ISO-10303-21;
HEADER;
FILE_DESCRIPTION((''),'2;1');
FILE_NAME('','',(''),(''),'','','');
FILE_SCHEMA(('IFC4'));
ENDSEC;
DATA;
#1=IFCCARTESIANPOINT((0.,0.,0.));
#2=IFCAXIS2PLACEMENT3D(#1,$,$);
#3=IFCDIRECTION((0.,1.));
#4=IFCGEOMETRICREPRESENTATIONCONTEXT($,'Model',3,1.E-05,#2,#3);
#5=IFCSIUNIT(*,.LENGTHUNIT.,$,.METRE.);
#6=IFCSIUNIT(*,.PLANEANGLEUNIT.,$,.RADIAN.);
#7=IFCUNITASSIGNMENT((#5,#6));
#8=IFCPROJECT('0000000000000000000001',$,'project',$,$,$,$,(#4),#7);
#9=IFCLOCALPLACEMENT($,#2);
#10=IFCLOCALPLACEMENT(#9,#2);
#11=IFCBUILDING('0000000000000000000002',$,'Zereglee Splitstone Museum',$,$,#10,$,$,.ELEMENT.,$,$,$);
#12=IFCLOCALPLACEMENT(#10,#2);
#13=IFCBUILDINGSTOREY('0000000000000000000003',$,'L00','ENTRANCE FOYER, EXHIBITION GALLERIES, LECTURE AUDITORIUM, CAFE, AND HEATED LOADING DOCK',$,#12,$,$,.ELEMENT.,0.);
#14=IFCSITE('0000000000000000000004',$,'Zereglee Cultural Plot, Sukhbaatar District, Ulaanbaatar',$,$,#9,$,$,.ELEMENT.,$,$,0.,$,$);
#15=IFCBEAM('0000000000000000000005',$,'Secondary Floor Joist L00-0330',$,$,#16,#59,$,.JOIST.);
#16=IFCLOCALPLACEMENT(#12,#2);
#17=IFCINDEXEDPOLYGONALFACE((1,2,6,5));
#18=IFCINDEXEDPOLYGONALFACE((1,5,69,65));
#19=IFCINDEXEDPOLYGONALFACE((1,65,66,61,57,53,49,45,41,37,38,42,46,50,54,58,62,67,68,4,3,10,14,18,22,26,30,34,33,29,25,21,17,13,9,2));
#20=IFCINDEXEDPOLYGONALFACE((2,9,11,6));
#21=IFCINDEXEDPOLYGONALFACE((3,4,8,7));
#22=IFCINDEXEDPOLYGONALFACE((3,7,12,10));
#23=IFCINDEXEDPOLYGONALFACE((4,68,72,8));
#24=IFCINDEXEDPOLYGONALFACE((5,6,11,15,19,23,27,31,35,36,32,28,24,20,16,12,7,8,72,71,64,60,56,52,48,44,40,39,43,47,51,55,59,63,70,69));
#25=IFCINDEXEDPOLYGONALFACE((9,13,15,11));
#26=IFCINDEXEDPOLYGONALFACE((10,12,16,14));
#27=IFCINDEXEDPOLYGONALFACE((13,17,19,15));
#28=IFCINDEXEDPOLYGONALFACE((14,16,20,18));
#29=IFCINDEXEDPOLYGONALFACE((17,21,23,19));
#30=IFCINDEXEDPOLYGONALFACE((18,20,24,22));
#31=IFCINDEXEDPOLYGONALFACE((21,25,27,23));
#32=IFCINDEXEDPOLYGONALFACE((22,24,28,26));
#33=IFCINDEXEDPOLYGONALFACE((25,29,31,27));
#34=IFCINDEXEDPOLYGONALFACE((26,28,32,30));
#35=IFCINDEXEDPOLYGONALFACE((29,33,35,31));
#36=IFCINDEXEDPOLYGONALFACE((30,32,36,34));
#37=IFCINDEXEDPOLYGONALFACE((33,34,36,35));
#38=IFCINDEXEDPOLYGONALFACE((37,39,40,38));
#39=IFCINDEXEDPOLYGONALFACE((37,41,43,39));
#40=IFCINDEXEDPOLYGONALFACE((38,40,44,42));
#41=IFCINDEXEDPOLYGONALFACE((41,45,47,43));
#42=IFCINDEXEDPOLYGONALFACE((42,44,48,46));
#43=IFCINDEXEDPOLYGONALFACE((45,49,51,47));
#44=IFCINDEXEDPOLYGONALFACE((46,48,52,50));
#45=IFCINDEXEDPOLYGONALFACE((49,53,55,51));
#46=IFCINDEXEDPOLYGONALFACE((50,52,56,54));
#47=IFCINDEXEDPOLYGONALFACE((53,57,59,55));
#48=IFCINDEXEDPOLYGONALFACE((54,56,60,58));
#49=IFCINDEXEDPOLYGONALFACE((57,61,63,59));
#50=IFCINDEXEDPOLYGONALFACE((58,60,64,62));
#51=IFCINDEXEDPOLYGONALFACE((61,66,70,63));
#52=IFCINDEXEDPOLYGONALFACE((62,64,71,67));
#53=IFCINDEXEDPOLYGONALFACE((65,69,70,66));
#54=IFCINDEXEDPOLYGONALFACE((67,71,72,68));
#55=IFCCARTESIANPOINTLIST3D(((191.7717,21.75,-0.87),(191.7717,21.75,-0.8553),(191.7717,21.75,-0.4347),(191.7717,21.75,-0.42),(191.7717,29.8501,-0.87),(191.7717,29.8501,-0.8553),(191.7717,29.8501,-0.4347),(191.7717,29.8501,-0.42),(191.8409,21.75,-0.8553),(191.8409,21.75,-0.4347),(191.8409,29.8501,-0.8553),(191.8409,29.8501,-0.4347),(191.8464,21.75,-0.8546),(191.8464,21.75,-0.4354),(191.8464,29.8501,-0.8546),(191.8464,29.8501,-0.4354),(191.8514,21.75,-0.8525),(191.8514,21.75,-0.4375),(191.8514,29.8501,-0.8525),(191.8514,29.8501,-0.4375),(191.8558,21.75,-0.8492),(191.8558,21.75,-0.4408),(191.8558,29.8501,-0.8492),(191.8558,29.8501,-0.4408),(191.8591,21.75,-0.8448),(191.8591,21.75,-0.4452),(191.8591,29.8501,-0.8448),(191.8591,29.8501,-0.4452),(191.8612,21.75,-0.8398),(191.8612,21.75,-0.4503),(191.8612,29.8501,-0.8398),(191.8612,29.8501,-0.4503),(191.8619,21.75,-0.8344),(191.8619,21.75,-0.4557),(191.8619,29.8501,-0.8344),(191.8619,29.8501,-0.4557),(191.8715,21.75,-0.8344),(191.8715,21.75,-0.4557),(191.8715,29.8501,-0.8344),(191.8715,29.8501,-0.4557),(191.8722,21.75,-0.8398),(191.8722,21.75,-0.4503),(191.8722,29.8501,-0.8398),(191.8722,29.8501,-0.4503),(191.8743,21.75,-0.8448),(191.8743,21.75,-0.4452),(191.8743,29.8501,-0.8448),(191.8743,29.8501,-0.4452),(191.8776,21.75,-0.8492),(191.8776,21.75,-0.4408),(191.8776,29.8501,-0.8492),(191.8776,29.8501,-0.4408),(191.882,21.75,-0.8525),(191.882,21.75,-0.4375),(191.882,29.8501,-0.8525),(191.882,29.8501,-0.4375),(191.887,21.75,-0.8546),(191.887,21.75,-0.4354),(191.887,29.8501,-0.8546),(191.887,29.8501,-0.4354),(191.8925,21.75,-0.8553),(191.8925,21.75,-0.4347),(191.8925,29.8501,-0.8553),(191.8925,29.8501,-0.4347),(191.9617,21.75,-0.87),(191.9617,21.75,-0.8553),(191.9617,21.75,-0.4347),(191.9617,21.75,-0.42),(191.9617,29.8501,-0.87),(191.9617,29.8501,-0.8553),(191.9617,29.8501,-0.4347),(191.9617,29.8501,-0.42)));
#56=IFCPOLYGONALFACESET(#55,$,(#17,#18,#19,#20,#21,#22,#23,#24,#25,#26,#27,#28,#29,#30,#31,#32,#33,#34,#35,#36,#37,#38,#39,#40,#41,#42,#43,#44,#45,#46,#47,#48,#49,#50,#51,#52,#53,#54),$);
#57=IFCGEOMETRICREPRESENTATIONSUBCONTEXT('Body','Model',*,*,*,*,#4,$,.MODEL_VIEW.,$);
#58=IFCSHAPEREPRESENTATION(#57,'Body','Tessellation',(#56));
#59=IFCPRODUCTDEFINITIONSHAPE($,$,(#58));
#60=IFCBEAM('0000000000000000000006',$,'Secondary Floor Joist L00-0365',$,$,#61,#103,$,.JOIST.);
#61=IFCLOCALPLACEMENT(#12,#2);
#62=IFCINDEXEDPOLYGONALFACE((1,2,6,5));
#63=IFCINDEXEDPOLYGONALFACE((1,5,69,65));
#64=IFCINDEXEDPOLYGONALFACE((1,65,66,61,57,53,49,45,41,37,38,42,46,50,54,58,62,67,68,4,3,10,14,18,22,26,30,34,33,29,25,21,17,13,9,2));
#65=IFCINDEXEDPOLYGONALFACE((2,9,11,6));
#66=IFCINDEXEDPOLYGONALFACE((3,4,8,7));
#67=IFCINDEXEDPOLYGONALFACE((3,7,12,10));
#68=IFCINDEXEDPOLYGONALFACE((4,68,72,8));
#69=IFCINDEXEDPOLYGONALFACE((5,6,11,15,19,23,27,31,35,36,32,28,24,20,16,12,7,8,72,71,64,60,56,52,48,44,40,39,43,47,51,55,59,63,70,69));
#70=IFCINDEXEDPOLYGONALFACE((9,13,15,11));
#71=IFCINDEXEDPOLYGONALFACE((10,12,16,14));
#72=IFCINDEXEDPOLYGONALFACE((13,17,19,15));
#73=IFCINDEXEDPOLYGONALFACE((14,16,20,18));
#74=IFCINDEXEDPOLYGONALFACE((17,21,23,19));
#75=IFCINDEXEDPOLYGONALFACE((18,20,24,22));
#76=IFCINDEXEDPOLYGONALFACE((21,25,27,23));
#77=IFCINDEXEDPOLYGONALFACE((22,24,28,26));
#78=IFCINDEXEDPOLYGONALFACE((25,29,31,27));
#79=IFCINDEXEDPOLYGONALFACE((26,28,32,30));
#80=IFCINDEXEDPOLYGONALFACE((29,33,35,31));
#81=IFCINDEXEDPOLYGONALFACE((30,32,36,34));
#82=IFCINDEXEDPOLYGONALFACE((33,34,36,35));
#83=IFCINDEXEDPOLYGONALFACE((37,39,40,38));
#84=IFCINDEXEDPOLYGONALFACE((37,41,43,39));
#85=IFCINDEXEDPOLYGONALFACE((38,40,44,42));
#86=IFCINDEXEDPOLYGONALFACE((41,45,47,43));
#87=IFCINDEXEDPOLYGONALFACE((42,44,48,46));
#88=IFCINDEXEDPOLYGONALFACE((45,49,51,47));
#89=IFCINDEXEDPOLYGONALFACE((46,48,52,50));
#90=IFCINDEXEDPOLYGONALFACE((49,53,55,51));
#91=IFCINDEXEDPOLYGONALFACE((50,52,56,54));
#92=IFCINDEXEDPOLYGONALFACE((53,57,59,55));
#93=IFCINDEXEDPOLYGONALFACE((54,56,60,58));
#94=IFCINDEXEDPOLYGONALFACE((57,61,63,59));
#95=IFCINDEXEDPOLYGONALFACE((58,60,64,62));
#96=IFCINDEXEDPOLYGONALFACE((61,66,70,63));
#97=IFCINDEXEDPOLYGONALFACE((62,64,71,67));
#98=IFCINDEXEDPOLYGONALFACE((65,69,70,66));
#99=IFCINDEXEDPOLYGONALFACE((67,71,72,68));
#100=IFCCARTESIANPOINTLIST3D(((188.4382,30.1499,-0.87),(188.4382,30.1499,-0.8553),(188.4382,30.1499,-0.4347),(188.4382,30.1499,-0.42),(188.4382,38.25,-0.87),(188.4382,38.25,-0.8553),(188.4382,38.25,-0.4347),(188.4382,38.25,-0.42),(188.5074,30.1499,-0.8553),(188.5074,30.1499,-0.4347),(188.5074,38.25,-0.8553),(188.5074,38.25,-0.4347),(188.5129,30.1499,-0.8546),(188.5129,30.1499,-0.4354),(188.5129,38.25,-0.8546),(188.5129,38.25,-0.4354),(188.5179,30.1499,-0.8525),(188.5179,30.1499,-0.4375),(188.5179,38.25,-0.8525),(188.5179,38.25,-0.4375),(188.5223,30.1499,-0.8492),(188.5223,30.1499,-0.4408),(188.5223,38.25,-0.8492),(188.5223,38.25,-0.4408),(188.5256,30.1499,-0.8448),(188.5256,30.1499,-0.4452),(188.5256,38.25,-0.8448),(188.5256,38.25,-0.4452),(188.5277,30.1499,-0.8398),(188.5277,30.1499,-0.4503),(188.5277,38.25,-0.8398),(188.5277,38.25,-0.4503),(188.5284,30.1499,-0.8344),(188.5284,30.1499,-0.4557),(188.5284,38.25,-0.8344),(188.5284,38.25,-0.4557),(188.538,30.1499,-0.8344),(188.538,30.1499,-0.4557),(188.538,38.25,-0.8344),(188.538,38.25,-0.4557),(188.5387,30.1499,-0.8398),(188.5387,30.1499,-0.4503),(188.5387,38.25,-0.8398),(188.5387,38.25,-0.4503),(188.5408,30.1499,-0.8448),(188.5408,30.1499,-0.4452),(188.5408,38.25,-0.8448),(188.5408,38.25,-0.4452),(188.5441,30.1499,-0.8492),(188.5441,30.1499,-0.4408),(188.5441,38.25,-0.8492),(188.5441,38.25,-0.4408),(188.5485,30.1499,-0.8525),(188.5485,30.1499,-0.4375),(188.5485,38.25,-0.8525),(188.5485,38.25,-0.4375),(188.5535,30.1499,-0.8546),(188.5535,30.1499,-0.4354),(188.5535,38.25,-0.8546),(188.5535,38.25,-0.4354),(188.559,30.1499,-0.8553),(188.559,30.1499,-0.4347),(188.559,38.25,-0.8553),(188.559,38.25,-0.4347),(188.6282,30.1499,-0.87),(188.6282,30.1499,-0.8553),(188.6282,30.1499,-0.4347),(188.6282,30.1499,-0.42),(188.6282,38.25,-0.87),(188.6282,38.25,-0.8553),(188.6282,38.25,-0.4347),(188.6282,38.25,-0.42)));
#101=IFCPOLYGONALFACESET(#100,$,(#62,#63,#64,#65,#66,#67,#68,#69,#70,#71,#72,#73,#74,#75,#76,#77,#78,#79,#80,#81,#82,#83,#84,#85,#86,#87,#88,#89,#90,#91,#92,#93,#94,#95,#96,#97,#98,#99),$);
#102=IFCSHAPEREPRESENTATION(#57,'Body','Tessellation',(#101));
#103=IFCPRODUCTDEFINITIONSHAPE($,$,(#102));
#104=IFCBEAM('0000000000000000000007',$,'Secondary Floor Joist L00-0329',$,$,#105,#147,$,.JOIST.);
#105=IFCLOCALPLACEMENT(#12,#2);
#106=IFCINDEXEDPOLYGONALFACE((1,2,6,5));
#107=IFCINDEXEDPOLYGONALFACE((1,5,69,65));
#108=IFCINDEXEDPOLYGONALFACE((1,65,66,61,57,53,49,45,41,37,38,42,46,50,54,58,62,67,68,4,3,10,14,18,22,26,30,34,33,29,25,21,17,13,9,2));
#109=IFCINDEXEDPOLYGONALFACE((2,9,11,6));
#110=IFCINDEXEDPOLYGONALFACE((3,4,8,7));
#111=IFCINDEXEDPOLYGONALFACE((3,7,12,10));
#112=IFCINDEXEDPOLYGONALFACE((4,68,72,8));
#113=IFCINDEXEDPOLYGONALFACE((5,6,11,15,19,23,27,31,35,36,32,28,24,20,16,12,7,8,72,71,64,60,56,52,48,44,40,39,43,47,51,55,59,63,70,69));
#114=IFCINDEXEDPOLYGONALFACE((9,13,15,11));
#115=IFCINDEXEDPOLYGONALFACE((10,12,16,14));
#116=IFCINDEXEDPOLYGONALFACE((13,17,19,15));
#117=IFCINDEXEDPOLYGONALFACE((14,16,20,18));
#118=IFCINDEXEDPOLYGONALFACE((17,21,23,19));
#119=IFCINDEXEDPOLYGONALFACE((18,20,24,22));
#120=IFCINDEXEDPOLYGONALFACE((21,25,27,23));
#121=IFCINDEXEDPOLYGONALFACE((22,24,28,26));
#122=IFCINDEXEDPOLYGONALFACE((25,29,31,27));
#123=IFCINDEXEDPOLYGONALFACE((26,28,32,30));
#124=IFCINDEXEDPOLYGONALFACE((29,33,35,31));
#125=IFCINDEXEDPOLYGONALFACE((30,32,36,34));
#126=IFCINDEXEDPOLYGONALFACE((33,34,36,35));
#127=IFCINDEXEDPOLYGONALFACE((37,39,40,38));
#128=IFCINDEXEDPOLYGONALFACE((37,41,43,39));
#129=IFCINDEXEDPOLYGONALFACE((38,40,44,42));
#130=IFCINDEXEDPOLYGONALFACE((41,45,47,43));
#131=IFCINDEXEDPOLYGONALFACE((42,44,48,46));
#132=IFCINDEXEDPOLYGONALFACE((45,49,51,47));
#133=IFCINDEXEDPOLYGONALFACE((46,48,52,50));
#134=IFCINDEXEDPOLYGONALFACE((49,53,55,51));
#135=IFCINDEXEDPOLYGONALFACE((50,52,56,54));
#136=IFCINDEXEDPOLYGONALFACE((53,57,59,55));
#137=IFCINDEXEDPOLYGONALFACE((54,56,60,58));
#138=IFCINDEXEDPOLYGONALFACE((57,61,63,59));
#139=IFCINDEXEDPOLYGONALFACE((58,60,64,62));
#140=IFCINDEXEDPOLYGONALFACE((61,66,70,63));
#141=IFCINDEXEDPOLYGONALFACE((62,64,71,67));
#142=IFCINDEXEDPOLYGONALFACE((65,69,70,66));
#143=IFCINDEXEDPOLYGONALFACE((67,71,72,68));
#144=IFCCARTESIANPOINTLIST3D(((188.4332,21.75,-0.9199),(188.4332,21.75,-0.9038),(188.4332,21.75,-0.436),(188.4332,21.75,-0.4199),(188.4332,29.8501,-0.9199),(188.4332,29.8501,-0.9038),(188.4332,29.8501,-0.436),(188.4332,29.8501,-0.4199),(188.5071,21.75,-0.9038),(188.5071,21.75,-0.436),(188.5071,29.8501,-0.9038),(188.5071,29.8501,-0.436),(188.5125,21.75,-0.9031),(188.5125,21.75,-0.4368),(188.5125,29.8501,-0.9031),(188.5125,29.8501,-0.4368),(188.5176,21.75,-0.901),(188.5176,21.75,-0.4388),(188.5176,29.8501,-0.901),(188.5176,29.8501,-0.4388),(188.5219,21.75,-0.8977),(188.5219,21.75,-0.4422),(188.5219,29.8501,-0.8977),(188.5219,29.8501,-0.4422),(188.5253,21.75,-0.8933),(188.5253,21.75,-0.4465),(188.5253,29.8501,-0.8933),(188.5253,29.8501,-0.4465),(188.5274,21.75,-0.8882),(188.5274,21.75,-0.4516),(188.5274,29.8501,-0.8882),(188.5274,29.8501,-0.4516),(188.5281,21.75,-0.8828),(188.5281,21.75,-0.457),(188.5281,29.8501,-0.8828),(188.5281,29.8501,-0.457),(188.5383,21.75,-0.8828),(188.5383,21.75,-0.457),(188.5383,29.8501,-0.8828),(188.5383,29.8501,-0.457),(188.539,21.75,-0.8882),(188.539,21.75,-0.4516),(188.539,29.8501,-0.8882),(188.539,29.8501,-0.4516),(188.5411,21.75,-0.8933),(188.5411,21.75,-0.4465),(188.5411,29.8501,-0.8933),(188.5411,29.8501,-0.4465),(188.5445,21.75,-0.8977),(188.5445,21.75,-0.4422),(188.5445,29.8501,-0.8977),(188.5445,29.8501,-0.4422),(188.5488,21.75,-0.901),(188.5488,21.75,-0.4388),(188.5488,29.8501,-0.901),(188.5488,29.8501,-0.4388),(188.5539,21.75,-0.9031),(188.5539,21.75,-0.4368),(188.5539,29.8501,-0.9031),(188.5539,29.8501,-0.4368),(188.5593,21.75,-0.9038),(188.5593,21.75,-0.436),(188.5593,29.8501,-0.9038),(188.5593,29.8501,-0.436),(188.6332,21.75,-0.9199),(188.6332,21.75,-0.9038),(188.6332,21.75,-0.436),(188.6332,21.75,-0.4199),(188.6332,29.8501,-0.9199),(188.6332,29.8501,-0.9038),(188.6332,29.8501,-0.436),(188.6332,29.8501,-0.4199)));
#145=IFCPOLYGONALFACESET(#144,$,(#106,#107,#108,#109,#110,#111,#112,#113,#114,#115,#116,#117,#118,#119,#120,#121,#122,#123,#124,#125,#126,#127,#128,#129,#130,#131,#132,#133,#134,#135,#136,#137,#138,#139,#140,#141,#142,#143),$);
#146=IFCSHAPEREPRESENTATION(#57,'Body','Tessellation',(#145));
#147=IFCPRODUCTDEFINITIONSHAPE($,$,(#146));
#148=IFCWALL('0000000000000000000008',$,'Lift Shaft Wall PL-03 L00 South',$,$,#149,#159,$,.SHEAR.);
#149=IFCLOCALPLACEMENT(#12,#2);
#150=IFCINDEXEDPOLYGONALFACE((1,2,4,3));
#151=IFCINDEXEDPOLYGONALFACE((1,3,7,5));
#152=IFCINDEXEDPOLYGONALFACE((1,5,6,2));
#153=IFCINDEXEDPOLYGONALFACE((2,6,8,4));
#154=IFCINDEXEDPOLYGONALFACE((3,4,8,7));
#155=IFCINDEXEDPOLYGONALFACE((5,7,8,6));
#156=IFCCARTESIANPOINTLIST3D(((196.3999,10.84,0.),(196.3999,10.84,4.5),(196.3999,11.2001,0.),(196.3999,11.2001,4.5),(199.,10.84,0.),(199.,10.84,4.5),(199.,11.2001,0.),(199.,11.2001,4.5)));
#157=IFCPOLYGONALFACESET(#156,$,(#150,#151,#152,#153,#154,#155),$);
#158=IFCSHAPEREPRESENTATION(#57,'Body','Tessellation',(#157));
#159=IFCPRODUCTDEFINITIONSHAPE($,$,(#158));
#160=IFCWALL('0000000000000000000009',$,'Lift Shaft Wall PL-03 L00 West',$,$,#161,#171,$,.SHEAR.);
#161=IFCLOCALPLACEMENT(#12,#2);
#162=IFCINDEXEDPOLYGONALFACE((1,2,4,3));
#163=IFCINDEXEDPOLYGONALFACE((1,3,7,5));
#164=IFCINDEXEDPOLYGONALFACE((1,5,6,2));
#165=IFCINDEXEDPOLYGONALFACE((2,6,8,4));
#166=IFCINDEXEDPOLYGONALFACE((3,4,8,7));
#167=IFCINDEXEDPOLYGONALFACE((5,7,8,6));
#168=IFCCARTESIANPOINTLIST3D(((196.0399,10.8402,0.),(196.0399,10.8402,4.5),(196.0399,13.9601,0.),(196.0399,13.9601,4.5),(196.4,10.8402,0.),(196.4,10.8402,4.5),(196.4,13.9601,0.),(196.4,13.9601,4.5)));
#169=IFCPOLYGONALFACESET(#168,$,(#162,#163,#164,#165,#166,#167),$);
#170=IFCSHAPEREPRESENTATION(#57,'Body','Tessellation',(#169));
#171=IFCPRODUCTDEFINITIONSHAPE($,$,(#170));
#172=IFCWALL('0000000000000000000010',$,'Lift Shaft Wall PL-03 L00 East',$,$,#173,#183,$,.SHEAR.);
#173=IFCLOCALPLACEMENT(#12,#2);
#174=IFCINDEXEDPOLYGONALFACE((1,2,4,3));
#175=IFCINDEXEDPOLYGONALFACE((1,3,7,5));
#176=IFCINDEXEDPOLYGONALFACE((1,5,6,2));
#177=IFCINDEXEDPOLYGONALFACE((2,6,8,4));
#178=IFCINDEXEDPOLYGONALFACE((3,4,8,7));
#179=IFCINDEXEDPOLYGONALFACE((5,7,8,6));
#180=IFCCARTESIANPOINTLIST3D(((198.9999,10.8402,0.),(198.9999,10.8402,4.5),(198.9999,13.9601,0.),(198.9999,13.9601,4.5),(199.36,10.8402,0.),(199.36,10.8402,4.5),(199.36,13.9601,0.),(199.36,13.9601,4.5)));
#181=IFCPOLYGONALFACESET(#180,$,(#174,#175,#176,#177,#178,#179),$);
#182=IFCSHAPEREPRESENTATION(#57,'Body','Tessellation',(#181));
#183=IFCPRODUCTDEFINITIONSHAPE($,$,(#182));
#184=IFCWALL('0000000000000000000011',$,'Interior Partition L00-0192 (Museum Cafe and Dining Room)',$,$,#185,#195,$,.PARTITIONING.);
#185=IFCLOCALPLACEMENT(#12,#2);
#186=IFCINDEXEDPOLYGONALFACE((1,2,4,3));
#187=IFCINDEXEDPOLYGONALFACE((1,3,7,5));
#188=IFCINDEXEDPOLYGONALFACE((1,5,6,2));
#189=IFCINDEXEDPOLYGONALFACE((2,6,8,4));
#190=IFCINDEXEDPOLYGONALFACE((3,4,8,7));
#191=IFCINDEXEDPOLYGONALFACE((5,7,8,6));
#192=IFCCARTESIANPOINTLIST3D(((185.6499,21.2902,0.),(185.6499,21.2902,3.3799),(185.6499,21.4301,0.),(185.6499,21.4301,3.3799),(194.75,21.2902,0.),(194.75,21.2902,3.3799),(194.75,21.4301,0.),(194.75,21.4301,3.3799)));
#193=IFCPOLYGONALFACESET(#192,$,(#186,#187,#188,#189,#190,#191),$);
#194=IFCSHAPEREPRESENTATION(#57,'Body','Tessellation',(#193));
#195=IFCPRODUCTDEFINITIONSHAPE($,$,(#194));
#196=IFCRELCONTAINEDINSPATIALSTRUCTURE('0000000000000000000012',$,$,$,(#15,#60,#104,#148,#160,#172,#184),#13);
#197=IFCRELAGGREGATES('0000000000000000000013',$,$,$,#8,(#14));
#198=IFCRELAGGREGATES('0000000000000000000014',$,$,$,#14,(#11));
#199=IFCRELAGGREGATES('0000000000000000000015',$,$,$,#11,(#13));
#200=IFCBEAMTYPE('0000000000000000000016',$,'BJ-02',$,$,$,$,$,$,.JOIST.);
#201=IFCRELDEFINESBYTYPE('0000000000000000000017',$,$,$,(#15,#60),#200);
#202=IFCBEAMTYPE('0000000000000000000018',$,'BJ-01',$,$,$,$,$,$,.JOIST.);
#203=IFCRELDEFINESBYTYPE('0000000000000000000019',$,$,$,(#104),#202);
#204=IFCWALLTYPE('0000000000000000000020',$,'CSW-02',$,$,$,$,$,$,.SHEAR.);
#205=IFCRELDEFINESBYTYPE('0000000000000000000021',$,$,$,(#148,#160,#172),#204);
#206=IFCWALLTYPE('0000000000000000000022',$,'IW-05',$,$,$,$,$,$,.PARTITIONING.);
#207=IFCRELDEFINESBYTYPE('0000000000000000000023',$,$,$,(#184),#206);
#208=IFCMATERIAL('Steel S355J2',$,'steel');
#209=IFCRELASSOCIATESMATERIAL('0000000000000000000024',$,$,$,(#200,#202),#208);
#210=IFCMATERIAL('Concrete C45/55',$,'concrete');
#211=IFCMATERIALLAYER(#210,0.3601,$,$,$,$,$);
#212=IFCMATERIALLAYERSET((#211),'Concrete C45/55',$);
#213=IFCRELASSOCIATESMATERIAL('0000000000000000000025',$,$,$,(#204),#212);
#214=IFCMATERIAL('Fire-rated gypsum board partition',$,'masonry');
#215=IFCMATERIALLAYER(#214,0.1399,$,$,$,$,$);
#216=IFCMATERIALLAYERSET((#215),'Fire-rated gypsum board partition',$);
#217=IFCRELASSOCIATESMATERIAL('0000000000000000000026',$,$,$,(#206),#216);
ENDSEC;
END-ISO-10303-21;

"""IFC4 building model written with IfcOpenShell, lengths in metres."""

from ifc_helpers import new_model, si_unit, direction, frame, frame_2d, origin, origin_2d, place, context, subcontext, project, spatial, rectangle, i_section, extrude, material, layer, layer_set, material_profile, profile_set, type_object, element, save


model = new_model("IFC4")

# Units and contexts
model_context = context("Model", 3, precision=1e-05, world=origin(), true_north=direction((0.0, 1.0)))
body_context = subcontext(model_context, "Body", "Model", "MODEL_VIEW")
ifc_project = project(units=[si_unit("LENGTHUNIT", "METRE"), si_unit("PLANEANGLEUNIT", "RADIAN")], contexts=[model_context])

# Site, building, storey
site_placement = place(None, origin())
site = spatial("IfcSite", under=ifc_project, at=site_placement, Name="Zereglee Cultural Plot, Sukhbaatar District, Ulaanbaatar", CompositionType="ELEMENT", RefElevation=0.0)
building_placement = place(site_placement, origin())
building = spatial("IfcBuilding", under=site, at=building_placement, Name="Zereglee Splitstone Museum", CompositionType="ELEMENT")
storey_placement = place(building_placement, origin())
storey = spatial("IfcBuildingStorey", under=building, at=storey_placement, Name="L00", Description="ENTRANCE FOYER, EXHIBITION GALLERIES, LECTURE AUDITORIUM, CAFE, AND HEATED LOADING DOCK", CompositionType="ELEMENT", Elevation=0.0)

# Shared definitions
ifc_material_1 = material(Name="Concrete C45/55", Category="concrete")

# Beams
ifc_material_2 = material(Name="Steel S355J2", Category="steel")
ifc_material_profile_1 = material_profile(ifc_material_2, i_section(OverallWidth=0.1899, OverallDepth=0.45, WebThickness=0.0095, FlangeThickness=0.0146, FilletRadius=0.021, at=origin_2d()), Name="IPE 450")
ifc_profile_set_1 = profile_set([ifc_material_profile_1], Name="Steel S355J2")
beam_type_1 = type_object("IfcBeamType", Name="BJ-02", PredefinedType="JOIST", material=ifc_profile_set_1)
for number, where, z_axis, x_axis, name in (
    (1, (191.8667, 21.75, -0.645), (0.0, 1.0, 0.0), (-1.0, 0.0, 0.0), "Secondary Floor Joist L00-0330"),
    (2, (188.5332, 30.1499, -0.645), (0.0, 1.0, 0.0), (-1.0, 0.0, 0.0), "Secondary Floor Joist L00-0365"),
):
    element("IfcBeam", number, at=place(storey_placement, frame(where, z_axis=z_axis, x_axis=x_axis)), inside=storey, type_object=beam_type_1, Name=name, PredefinedType="JOIST", context=body_context, shape_type="SweptSolid", body=[
        extrude(i_section(OverallWidth=0.1899, OverallDepth=0.45, WebThickness=0.0095, FlangeThickness=0.0146, FilletRadius=0.021, at=origin_2d()), origin(), (0.0, 0.0, 1.0), 8.1001),
    ])
ifc_material_profile_2 = material_profile(ifc_material_2, i_section(OverallWidth=0.2, OverallDepth=0.5, WebThickness=0.0103, FlangeThickness=0.0161, FilletRadius=0.021, at=origin_2d()), Name="IPE 500")
ifc_profile_set_2 = profile_set([ifc_material_profile_2], Name="Steel S355J2")
beam_type_2 = type_object("IfcBeamType", Name="BJ-01", PredefinedType="JOIST", material=ifc_profile_set_2)
beam_1_placement = place(storey_placement, frame((188.5332, 21.75, -0.6699), z_axis=(0.0, 1.0, 0.0), x_axis=(-1.0, 0.0, 0.0)))
element("IfcBeam", 3, at=beam_1_placement, inside=storey, type_object=beam_type_2, Name="Secondary Floor Joist L00-0329", PredefinedType="JOIST", context=body_context, shape_type="SweptSolid", body=[
    extrude(i_section(OverallWidth=0.2, OverallDepth=0.5, WebThickness=0.0103, FlangeThickness=0.0161, FilletRadius=0.021, at=origin_2d()), origin(), (0.0, 0.0, 1.0), 8.1001),
])

# Shared definitions
ifc_layer_1 = layer(ifc_material_1, 0.3601)
ifc_layer_set_1 = layer_set([ifc_layer_1], Name="Concrete C45/55")
wall_type_1 = type_object("IfcWallType", Name="CSW-02", PredefinedType="SHEAR", material=ifc_layer_set_1)

# Walls
wall_1_placement = place(storey_placement, frame((196.3999, 11.02, 0.0), z_axis=(0.0, 0.0, 1.0), x_axis=(1.0, 0.0, 0.0)))
element("IfcWall", 4, at=wall_1_placement, inside=storey, type_object=wall_type_1, Name="Lift Shaft Wall PL-03 L00 South", PredefinedType="SHEAR", context=body_context, shape_type="SweptSolid", body=[
    extrude(rectangle(XDim=2.6001, YDim=0.3601, at=frame_2d((1.3, 0.0))), origin(), (0.0, 0.0, 1.0), 4.5),
])
for number, where, z_axis, x_axis, name in (
    (5, (196.22, 10.8401, 0.0), (0.0, 0.0, 1.0), (0.0, 1.0, 0.0), "Lift Shaft Wall PL-03 L00 West"),
    (6, (199.1799, 10.8401, 0.0), (0.0, 0.0, 1.0), (0.0, 1.0, 0.0), "Lift Shaft Wall PL-03 L00 East"),
):
    element("IfcWall", number, at=place(storey_placement, frame(where, z_axis=z_axis, x_axis=x_axis)), inside=storey, type_object=wall_type_1, Name=name, PredefinedType="SHEAR", context=body_context, shape_type="SweptSolid", body=[
        extrude(rectangle(XDim=3.1199, YDim=0.3601, at=frame_2d((1.5601, 0.0))), origin(), (0.0, 0.0, 1.0), 4.5),
    ])
ifc_material_3 = material(Name="Fire-rated gypsum board partition", Category="masonry")
ifc_layer_2 = layer(ifc_material_3, 0.1399)
ifc_layer_set_2 = layer_set([ifc_layer_2], Name="Fire-rated gypsum board partition")
wall_type_2 = type_object("IfcWallType", Name="IW-05", PredefinedType="PARTITIONING", material=ifc_layer_set_2)
wall_2_placement = place(storey_placement, frame((185.6499, 21.3601, 0.0), z_axis=(0.0, 0.0, 1.0), x_axis=(1.0, 0.0, 0.0)))
element("IfcWall", 7, at=wall_2_placement, inside=storey, type_object=wall_type_2, Name="Interior Partition L00-0192 (Museum Cafe and Dining Room)", PredefinedType="PARTITIONING", context=body_context, shape_type="SweptSolid", body=[
    extrude(rectangle(XDim=9.1001, YDim=0.1399, at=frame_2d((4.55, 0.0))), origin(), (0.0, 0.0, 1.0), 3.3799),
])

save(model, "model.ifc")
